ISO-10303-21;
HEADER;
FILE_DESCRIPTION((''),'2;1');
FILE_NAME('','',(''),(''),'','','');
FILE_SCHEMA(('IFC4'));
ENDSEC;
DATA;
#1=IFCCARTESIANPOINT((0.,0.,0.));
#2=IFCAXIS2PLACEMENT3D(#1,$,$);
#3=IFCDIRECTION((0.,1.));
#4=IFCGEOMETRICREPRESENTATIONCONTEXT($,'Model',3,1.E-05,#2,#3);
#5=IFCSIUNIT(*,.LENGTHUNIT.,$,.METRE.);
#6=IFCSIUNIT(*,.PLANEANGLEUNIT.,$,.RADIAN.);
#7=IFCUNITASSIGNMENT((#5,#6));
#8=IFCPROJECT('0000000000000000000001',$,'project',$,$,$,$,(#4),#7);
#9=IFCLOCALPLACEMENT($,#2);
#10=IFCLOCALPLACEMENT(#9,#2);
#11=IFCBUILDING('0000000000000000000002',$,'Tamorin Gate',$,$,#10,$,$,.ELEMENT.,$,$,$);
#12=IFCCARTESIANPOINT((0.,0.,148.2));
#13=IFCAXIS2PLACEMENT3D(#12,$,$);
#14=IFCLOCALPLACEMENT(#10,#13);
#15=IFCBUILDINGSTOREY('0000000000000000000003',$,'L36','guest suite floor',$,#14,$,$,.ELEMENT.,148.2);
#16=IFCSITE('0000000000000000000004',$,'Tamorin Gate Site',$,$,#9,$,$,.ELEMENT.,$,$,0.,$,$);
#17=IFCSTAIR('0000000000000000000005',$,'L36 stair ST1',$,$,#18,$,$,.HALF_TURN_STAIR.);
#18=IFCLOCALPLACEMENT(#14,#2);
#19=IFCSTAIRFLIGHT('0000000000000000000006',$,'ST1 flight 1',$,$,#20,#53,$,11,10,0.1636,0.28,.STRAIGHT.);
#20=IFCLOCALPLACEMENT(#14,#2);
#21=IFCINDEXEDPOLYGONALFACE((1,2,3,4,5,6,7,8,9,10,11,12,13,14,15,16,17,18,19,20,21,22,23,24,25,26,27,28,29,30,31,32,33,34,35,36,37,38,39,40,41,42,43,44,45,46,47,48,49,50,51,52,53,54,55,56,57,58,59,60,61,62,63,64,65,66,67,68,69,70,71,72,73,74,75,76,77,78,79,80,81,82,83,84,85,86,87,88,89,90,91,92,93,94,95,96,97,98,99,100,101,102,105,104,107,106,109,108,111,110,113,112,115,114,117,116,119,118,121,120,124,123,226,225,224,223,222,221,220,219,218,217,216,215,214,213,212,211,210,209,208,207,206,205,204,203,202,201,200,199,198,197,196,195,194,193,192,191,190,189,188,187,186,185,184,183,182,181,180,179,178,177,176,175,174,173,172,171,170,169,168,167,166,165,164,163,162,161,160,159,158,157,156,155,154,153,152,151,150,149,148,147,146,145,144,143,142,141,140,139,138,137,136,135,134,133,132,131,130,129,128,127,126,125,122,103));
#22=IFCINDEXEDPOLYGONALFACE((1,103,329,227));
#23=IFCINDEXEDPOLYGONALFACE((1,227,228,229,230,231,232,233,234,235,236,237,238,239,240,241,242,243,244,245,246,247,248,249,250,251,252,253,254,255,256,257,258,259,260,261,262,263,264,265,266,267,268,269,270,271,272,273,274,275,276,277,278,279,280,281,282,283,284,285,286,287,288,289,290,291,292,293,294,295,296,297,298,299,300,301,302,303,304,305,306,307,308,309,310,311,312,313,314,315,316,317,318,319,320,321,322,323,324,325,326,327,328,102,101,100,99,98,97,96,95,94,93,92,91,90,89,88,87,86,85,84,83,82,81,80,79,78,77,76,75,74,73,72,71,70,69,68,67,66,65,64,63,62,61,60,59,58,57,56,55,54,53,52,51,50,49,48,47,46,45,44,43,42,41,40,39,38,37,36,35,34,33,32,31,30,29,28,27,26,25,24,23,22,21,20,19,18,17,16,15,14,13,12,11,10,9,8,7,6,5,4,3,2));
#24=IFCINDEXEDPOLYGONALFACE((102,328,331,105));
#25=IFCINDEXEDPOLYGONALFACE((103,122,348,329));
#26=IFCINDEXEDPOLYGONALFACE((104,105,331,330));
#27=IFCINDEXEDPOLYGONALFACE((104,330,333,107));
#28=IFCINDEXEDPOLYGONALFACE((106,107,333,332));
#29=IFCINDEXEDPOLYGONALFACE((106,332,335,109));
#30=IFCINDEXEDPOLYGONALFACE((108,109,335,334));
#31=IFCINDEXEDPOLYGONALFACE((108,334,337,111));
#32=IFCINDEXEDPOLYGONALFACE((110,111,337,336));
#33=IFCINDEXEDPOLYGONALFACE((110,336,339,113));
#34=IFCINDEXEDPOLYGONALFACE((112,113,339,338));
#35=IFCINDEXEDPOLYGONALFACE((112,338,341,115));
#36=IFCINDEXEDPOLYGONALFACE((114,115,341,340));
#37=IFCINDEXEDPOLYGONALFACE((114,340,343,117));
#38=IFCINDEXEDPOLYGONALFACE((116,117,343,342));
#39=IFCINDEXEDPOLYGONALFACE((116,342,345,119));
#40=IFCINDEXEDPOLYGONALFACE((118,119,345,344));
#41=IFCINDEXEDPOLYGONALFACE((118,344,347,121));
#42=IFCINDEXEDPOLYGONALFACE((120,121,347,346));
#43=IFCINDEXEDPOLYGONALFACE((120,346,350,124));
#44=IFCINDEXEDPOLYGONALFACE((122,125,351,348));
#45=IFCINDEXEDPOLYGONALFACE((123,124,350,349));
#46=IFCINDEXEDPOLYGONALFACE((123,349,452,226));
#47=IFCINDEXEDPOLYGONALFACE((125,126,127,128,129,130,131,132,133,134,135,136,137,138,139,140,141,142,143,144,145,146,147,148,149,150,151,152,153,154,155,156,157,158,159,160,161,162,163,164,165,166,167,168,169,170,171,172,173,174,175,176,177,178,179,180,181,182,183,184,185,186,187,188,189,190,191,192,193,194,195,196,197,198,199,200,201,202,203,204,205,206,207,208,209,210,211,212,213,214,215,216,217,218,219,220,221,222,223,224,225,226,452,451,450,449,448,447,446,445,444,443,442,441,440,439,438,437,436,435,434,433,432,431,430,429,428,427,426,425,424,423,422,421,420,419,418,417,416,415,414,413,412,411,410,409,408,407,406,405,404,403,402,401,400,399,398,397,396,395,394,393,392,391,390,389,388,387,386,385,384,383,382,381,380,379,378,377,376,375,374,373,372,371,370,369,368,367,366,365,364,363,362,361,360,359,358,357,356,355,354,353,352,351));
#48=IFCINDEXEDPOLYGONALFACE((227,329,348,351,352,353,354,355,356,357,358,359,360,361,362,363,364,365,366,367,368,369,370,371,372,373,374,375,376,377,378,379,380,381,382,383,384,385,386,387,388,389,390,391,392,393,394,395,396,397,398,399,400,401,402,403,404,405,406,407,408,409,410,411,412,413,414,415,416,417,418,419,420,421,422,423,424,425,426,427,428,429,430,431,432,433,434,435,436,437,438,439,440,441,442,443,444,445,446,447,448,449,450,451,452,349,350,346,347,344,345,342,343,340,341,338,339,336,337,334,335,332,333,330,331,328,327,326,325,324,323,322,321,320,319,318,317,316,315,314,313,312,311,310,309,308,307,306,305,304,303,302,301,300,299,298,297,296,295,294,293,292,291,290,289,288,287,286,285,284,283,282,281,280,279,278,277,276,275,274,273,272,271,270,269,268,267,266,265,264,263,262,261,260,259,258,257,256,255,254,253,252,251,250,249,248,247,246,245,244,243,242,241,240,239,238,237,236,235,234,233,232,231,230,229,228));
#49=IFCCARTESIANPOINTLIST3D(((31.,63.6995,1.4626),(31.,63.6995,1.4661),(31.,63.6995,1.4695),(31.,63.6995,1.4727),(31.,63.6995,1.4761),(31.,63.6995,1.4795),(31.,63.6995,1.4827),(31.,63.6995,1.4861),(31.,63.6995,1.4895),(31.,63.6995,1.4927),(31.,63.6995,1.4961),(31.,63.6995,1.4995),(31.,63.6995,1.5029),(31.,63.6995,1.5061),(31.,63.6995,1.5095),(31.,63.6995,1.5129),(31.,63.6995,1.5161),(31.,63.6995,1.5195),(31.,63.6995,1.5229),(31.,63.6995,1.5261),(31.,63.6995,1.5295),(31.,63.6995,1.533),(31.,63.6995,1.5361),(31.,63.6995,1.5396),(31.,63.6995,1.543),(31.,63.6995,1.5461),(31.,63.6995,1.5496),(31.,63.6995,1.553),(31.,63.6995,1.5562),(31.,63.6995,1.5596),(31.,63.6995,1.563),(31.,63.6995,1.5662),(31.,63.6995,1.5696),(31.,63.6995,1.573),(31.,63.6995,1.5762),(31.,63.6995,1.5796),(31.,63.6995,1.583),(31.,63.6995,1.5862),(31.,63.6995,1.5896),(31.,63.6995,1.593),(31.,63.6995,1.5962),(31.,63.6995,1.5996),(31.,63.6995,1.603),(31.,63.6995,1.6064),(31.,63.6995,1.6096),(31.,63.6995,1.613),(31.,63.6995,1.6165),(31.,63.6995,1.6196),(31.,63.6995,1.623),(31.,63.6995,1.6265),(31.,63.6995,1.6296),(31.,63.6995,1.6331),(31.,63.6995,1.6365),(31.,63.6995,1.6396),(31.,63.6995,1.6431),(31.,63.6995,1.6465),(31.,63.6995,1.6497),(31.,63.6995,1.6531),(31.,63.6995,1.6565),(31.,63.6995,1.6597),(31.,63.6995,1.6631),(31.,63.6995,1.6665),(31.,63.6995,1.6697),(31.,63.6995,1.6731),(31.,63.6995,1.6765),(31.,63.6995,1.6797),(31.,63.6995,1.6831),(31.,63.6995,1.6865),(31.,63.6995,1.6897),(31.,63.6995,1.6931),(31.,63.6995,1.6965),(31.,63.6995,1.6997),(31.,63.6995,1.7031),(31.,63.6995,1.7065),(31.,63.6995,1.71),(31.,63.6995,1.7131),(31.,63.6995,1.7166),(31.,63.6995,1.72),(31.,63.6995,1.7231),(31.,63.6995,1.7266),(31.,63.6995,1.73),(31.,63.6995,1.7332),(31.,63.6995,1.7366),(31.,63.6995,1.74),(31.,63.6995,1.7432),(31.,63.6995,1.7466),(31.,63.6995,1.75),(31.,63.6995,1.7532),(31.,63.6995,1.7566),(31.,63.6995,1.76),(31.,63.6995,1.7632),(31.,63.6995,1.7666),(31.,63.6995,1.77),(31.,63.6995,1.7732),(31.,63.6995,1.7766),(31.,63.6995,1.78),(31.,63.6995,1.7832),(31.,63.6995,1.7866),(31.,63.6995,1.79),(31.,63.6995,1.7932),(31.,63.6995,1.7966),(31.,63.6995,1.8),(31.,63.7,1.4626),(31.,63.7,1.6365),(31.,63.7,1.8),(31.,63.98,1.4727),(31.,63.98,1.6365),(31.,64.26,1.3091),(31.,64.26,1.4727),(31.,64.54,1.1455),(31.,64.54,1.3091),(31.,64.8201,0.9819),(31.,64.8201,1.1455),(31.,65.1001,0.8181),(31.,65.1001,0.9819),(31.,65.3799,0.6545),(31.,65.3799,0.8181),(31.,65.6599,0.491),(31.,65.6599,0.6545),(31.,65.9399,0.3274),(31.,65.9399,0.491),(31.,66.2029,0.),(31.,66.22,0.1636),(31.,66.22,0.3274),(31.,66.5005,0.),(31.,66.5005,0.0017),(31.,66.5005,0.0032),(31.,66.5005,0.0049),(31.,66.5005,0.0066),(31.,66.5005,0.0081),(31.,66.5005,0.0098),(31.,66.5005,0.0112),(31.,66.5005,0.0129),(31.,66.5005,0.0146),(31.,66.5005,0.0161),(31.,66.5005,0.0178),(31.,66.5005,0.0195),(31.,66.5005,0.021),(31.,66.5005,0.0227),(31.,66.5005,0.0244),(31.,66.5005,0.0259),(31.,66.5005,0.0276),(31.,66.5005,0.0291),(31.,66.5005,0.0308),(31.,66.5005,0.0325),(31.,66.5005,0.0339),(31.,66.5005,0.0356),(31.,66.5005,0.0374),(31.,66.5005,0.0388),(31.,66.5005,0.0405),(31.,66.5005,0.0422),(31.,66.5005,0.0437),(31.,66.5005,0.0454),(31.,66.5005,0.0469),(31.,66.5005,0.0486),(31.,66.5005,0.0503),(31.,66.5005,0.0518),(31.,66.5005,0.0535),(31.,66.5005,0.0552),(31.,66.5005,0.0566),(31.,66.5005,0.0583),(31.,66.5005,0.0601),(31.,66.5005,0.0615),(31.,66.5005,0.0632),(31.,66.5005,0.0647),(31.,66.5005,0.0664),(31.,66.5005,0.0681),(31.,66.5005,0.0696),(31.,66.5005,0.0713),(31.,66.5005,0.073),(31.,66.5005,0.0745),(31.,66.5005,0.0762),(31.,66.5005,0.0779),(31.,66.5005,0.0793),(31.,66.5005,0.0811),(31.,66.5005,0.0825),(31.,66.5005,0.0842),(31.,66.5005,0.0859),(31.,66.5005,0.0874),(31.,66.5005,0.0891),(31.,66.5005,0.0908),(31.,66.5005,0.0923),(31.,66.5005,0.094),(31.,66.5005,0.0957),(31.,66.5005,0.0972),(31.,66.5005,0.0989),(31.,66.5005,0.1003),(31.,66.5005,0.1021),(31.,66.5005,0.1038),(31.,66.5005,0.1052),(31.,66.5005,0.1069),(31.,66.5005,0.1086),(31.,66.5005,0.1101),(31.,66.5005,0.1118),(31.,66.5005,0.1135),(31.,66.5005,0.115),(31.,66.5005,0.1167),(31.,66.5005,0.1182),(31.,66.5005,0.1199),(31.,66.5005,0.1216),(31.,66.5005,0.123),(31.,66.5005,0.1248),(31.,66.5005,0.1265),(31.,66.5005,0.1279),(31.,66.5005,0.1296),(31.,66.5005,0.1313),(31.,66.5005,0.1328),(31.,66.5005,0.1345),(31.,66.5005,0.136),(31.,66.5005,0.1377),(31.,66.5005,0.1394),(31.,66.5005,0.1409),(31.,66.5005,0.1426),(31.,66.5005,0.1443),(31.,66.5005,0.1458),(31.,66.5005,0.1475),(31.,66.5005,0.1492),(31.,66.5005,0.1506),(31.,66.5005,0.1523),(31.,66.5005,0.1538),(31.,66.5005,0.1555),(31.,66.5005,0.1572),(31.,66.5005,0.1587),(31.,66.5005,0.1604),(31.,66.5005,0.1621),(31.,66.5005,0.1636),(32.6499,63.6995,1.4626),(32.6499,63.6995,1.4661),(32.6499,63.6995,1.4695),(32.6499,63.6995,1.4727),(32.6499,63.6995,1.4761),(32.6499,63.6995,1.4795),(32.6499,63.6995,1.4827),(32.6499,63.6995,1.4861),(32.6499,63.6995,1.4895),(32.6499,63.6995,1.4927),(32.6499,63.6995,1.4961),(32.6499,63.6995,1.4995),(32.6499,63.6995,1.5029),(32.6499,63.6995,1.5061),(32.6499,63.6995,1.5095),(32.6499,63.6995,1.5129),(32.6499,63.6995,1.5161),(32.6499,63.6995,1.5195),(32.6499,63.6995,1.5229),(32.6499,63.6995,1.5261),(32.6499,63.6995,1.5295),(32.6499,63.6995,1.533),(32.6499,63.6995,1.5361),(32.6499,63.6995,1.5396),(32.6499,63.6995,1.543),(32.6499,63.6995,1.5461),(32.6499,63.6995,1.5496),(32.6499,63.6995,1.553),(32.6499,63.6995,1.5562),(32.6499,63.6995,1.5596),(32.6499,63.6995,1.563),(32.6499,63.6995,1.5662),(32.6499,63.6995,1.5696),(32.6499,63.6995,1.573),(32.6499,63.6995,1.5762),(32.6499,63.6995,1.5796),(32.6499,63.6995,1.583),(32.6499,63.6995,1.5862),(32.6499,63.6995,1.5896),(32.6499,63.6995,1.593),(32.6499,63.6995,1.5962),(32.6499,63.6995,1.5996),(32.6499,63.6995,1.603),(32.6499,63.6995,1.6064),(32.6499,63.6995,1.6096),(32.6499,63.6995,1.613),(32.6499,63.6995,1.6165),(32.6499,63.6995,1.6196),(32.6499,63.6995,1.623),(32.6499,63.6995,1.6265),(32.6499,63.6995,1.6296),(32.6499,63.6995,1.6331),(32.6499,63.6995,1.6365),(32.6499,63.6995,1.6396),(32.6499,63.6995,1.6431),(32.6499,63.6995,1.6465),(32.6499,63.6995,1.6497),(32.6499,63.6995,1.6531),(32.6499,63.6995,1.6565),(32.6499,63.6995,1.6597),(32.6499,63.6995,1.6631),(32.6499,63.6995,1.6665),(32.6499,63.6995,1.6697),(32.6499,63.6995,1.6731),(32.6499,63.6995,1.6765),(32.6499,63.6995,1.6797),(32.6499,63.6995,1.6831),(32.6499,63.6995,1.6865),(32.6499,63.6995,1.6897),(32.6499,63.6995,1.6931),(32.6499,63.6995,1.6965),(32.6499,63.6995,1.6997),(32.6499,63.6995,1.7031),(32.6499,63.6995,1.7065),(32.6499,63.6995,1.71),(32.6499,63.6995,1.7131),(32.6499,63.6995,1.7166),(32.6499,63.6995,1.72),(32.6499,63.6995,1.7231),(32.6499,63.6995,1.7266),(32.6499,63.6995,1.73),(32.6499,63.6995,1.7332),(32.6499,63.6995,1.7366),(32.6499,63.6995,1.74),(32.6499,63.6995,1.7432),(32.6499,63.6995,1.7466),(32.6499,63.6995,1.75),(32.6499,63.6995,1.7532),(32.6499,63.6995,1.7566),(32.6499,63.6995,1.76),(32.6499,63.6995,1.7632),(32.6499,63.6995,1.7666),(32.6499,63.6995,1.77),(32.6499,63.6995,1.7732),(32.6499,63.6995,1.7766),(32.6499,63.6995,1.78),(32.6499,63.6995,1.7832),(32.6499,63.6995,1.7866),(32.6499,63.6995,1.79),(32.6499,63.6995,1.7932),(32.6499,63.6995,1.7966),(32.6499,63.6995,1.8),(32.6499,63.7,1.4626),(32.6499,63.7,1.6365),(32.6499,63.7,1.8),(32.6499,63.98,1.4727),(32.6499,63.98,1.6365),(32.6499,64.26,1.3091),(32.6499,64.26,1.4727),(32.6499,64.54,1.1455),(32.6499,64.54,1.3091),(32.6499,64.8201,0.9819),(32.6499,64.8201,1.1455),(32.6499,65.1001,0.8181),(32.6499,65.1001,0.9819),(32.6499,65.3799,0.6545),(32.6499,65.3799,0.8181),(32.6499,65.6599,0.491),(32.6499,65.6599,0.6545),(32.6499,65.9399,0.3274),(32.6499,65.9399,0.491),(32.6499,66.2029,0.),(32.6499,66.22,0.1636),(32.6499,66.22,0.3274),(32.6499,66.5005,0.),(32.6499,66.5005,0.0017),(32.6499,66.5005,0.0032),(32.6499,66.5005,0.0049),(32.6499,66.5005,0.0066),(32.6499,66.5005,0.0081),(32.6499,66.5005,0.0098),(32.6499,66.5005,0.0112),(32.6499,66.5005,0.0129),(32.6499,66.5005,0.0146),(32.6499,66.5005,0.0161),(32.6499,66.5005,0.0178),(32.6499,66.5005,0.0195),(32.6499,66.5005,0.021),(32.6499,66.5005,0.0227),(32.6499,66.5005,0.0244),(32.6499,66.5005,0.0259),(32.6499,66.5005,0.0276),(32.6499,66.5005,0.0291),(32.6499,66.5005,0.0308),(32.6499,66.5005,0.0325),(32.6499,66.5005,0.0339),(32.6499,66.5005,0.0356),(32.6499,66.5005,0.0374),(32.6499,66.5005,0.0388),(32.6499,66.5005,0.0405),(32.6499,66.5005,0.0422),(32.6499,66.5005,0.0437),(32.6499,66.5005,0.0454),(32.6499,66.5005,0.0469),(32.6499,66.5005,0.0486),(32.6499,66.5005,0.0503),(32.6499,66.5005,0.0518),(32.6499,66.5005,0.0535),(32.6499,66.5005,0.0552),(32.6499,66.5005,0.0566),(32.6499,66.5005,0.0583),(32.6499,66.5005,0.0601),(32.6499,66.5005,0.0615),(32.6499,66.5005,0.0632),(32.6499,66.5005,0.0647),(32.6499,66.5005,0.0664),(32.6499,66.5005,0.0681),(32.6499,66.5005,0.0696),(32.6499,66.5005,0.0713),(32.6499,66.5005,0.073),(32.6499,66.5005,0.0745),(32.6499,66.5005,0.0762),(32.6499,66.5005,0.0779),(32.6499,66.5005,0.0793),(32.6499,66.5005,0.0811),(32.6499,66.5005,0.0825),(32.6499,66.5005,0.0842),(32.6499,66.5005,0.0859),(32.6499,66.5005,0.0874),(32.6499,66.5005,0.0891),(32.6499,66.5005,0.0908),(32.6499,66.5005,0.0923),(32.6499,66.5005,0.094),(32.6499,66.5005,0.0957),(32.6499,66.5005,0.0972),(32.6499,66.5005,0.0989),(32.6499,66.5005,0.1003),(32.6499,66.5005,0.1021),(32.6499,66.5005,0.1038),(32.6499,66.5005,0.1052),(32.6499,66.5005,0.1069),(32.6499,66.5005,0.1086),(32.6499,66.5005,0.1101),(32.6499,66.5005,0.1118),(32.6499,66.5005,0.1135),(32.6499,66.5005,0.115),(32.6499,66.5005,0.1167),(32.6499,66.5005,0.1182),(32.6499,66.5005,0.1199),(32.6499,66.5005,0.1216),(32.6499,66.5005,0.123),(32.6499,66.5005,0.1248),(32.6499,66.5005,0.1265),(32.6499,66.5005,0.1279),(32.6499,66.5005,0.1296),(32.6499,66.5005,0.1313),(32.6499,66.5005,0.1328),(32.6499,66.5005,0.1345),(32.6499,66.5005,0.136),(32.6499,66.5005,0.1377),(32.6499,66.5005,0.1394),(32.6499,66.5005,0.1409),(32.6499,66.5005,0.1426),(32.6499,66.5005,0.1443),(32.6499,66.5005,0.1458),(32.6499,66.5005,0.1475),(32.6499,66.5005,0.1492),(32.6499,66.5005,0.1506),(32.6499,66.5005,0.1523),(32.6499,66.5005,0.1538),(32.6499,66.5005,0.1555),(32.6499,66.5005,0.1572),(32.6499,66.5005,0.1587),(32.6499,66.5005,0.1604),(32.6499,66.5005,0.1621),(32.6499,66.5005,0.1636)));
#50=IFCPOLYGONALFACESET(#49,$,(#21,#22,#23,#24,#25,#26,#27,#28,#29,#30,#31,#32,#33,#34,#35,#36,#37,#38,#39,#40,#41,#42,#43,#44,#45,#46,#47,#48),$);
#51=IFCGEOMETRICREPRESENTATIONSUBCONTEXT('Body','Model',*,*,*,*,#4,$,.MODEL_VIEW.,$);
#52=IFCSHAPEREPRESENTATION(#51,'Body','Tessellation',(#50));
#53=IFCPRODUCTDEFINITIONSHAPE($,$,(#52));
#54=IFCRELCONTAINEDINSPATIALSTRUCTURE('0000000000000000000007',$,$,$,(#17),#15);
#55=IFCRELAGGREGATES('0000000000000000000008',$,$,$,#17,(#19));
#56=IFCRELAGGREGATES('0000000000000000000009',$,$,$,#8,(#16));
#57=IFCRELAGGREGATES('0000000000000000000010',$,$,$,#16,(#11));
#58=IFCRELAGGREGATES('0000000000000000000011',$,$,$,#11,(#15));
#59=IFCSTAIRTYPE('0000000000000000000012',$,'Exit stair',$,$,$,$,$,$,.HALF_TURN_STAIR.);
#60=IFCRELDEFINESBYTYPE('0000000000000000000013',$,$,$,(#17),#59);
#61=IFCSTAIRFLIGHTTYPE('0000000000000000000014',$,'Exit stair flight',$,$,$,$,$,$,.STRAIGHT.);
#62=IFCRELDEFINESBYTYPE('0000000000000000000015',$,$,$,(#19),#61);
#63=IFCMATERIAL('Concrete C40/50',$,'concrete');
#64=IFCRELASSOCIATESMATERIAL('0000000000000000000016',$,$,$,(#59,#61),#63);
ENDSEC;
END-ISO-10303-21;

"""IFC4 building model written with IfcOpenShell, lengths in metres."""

from ifc_helpers import new_model, si_unit, direction, frame, origin, place, context, subcontext, project, spatial, polyline, outline, extrude, material, type_object, element, aggregate, save


model = new_model("IFC4")

# Units and contexts
model_context = context("Model", 3, precision=1e-05, world=origin(), true_north=direction((0.0, 1.0)))
body_context = subcontext(model_context, "Body", "Model", "MODEL_VIEW")
ifc_project = project(units=[si_unit("LENGTHUNIT", "METRE"), si_unit("PLANEANGLEUNIT", "RADIAN")], contexts=[model_context])

# Site, building, storey
site_placement = place(None, origin())
site = spatial("IfcSite", under=ifc_project, at=site_placement, Name="Tamorin Gate Site", CompositionType="ELEMENT", RefElevation=0.0)
building_placement = place(site_placement, origin())
building = spatial("IfcBuilding", under=site, at=building_placement, Name="Tamorin Gate", CompositionType="ELEMENT")
storey_placement = place(building_placement, frame((0.0, 0.0, 148.2)))
storey = spatial("IfcBuildingStorey", under=building, at=storey_placement, Name="L36", Description="guest suite floor", CompositionType="ELEMENT", Elevation=148.2)

# Shared definitions
ifc_material_1 = material(Name="Concrete C40/50", Category="concrete")

# Stair, stair flight
stair_type = type_object("IfcStairType", Name="Exit stair", PredefinedType="HALF_TURN_STAIR", material=ifc_material_1)
stair_1_placement = place(storey_placement, origin())
stair_1 = element("IfcStair", 1, at=stair_1_placement, inside=storey, type_object=stair_type, Name="L36 stair ST1", PredefinedType="HALF_TURN_STAIR")
stair_flight_type = type_object("IfcStairFlightType", Name="Exit stair flight", PredefinedType="STRAIGHT", material=ifc_material_1)
stair_flight_1_placement = place(storey_placement, frame((31.825, 66.5, 0.0), z_axis=(0.0, 0.0, 1.0), x_axis=(0.0, -1.0, 0.0)))
stair_flight_1 = element("IfcStairFlight", 2, at=stair_flight_1_placement, type_object=stair_flight_type, Name="ST1 flight 1", NumberOfRisers=11, NumberOfTreads=10, PredefinedType="STRAIGHT", RiserHeight=0.1636, TreadLength=0.28, context=body_context, shape_type="SweptSolid", body=[
    extrude(outline(polyline([(-0.0005, 0.0), (-0.0005, 0.0017), (-0.0005, 0.0032), (-0.0005, 0.0049), (-0.0005, 0.0066), (-0.0005, 0.0081), (-0.0005, 0.0098), (-0.0005, 0.0112), (-0.0005, 0.0129), (-0.0005, 0.0146), (-0.0005, 0.0161), (-0.0005, 0.0178), (-0.0005, 0.0195), (-0.0005, 0.021), (-0.0005, 0.0227), (-0.0005, 0.0244), (-0.0005, 0.0259), (-0.0005, 0.0276), (-0.0005, 0.0291), (-0.0005, 0.0308), (-0.0005, 0.0325), (-0.0005, 0.0339), (-0.0005, 0.0356), (-0.0005, 0.0374), (-0.0005, 0.0388), (-0.0005, 0.0405), (-0.0005, 0.0422), (-0.0005, 0.0437), (-0.0005, 0.0454), (-0.0005, 0.0469), (-0.0005, 0.0486), (-0.0005, 0.0503), (-0.0005, 0.0518), (-0.0005, 0.0535), (-0.0005, 0.0552), (-0.0005, 0.0566), (-0.0005, 0.0583), (-0.0005, 0.0601), (-0.0005, 0.0615), (-0.0005, 0.0632), (-0.0005, 0.0647), (-0.0005, 0.0664), (-0.0005, 0.0681), (-0.0005, 0.0696), (-0.0005, 0.0713), (-0.0005, 0.073), (-0.0005, 0.0745), (-0.0005, 0.0762), (-0.0005, 0.0779), (-0.0005, 0.0793), (-0.0005, 0.0811), (-0.0005, 0.0825), (-0.0005, 0.0842), (-0.0005, 0.0859), (-0.0005, 0.0874), (-0.0005, 0.0891), (-0.0005, 0.0908), (-0.0005, 0.0923), (-0.0005, 0.094), (-0.0005, 0.0957), (-0.0005, 0.0972), (-0.0005, 0.0989), (-0.0005, 0.1003), (-0.0005, 0.1021), (-0.0005, 0.1038), (-0.0005, 0.1052), (-0.0005, 0.1069), (-0.0005, 0.1086), (-0.0005, 0.1101), (-0.0005, 0.1118), (-0.0005, 0.1135), (-0.0005, 0.115), (-0.0005, 0.1167), (-0.0005, 0.1182), (-0.0005, 0.1199), (-0.0005, 0.1216), (-0.0005, 0.123), (-0.0005, 0.1248), (-0.0005, 0.1265), (-0.0005, 0.1279), (-0.0005, 0.1296), (-0.0005, 0.1313), (-0.0005, 0.1328), (-0.0005, 0.1345), (-0.0005, 0.136), (-0.0005, 0.1377), (-0.0005, 0.1394), (-0.0005, 0.1409), (-0.0005, 0.1426), (-0.0005, 0.1443), (-0.0005, 0.1458), (-0.0005, 0.1475), (-0.0005, 0.1492), (-0.0005, 0.1506), (-0.0005, 0.1523), (-0.0005, 0.1538), (-0.0005, 0.1555), (-0.0005, 0.1572), (-0.0005, 0.1587), (-0.0005, 0.1604), (-0.0005, 0.1621), (-0.0005, 0.1636), (0.28, 0.1636), (0.28, 0.3274), (0.5601, 0.3274), (0.5601, 0.491), (0.8401, 0.491), (0.8401, 0.6545), (1.1201, 0.6545), (1.1201, 0.8181), (1.3999, 0.8181), (1.3999, 0.9819), (1.6799, 0.9819), (1.6799, 1.1455), (1.96, 1.1455), (1.96, 1.3091), (2.24, 1.3091), (2.24, 1.4727), (2.52, 1.4727), (2.52, 1.6365), (2.8, 1.6365), (2.8, 1.8), (2.8005, 1.8), (2.8005, 1.7966), (2.8005, 1.7932), (2.8005, 1.79), (2.8005, 1.7866), (2.8005, 1.7832), (2.8005, 1.78), (2.8005, 1.7766), (2.8005, 1.7732), (2.8005, 1.77), (2.8005, 1.7666), (2.8005, 1.7632), (2.8005, 1.76), (2.8005, 1.7566), (2.8005, 1.7532), (2.8005, 1.75), (2.8005, 1.7466), (2.8005, 1.7432), (2.8005, 1.74), (2.8005, 1.7366), (2.8005, 1.7332), (2.8005, 1.73), (2.8005, 1.7266), (2.8005, 1.7231), (2.8005, 1.72), (2.8005, 1.7166), (2.8005, 1.7131), (2.8005, 1.71), (2.8005, 1.7065), (2.8005, 1.7031), (2.8005, 1.6997), (2.8005, 1.6965), (2.8005, 1.6931), (2.8005, 1.6897), (2.8005, 1.6865), (2.8005, 1.6831), (2.8005, 1.6797), (2.8005, 1.6765), (2.8005, 1.6731), (2.8005, 1.6697), (2.8005, 1.6665), (2.8005, 1.6631), (2.8005, 1.6597), (2.8005, 1.6565), (2.8005, 1.6531), (2.8005, 1.6497), (2.8005, 1.6465), (2.8005, 1.6431), (2.8005, 1.6396), (2.8005, 1.6365), (2.8005, 1.6331), (2.8005, 1.6296), (2.8005, 1.6265), (2.8005, 1.623), (2.8005, 1.6196), (2.8005, 1.6165), (2.8005, 1.613), (2.8005, 1.6096), (2.8005, 1.6064), (2.8005, 1.603), (2.8005, 1.5996), (2.8005, 1.5962), (2.8005, 1.593), (2.8005, 1.5896), (2.8005, 1.5862), (2.8005, 1.583), (2.8005, 1.5796), (2.8005, 1.5762), (2.8005, 1.573), (2.8005, 1.5696), (2.8005, 1.5662), (2.8005, 1.563), (2.8005, 1.5596), (2.8005, 1.5562), (2.8005, 1.553), (2.8005, 1.5496), (2.8005, 1.5461), (2.8005, 1.543), (2.8005, 1.5396), (2.8005, 1.5361), (2.8005, 1.533), (2.8005, 1.5295), (2.8005, 1.5261), (2.8005, 1.5229), (2.8005, 1.5195), (2.8005, 1.5161), (2.8005, 1.5129), (2.8005, 1.5095), (2.8005, 1.5061), (2.8005, 1.5029), (2.8005, 1.4995), (2.8005, 1.4961), (2.8005, 1.4927), (2.8005, 1.4895), (2.8005, 1.4861), (2.8005, 1.4827), (2.8005, 1.4795), (2.8005, 1.4761), (2.8005, 1.4727), (2.8005, 1.4695), (2.8005, 1.4661), (2.8005, 1.4626), (2.8, 1.4626), (0.2971, 0.0), (-0.0005, 0.0)])), frame((0.0, 0.825, 0.0), z_axis=(0.0, -1.0, 0.0), x_axis=(1.0, 0.0, 0.0)), (0.0, 0.0, 1.0), 1.6499),
])
aggregate(stair_1, [stair_flight_1])

save(model, "model.ifc")
